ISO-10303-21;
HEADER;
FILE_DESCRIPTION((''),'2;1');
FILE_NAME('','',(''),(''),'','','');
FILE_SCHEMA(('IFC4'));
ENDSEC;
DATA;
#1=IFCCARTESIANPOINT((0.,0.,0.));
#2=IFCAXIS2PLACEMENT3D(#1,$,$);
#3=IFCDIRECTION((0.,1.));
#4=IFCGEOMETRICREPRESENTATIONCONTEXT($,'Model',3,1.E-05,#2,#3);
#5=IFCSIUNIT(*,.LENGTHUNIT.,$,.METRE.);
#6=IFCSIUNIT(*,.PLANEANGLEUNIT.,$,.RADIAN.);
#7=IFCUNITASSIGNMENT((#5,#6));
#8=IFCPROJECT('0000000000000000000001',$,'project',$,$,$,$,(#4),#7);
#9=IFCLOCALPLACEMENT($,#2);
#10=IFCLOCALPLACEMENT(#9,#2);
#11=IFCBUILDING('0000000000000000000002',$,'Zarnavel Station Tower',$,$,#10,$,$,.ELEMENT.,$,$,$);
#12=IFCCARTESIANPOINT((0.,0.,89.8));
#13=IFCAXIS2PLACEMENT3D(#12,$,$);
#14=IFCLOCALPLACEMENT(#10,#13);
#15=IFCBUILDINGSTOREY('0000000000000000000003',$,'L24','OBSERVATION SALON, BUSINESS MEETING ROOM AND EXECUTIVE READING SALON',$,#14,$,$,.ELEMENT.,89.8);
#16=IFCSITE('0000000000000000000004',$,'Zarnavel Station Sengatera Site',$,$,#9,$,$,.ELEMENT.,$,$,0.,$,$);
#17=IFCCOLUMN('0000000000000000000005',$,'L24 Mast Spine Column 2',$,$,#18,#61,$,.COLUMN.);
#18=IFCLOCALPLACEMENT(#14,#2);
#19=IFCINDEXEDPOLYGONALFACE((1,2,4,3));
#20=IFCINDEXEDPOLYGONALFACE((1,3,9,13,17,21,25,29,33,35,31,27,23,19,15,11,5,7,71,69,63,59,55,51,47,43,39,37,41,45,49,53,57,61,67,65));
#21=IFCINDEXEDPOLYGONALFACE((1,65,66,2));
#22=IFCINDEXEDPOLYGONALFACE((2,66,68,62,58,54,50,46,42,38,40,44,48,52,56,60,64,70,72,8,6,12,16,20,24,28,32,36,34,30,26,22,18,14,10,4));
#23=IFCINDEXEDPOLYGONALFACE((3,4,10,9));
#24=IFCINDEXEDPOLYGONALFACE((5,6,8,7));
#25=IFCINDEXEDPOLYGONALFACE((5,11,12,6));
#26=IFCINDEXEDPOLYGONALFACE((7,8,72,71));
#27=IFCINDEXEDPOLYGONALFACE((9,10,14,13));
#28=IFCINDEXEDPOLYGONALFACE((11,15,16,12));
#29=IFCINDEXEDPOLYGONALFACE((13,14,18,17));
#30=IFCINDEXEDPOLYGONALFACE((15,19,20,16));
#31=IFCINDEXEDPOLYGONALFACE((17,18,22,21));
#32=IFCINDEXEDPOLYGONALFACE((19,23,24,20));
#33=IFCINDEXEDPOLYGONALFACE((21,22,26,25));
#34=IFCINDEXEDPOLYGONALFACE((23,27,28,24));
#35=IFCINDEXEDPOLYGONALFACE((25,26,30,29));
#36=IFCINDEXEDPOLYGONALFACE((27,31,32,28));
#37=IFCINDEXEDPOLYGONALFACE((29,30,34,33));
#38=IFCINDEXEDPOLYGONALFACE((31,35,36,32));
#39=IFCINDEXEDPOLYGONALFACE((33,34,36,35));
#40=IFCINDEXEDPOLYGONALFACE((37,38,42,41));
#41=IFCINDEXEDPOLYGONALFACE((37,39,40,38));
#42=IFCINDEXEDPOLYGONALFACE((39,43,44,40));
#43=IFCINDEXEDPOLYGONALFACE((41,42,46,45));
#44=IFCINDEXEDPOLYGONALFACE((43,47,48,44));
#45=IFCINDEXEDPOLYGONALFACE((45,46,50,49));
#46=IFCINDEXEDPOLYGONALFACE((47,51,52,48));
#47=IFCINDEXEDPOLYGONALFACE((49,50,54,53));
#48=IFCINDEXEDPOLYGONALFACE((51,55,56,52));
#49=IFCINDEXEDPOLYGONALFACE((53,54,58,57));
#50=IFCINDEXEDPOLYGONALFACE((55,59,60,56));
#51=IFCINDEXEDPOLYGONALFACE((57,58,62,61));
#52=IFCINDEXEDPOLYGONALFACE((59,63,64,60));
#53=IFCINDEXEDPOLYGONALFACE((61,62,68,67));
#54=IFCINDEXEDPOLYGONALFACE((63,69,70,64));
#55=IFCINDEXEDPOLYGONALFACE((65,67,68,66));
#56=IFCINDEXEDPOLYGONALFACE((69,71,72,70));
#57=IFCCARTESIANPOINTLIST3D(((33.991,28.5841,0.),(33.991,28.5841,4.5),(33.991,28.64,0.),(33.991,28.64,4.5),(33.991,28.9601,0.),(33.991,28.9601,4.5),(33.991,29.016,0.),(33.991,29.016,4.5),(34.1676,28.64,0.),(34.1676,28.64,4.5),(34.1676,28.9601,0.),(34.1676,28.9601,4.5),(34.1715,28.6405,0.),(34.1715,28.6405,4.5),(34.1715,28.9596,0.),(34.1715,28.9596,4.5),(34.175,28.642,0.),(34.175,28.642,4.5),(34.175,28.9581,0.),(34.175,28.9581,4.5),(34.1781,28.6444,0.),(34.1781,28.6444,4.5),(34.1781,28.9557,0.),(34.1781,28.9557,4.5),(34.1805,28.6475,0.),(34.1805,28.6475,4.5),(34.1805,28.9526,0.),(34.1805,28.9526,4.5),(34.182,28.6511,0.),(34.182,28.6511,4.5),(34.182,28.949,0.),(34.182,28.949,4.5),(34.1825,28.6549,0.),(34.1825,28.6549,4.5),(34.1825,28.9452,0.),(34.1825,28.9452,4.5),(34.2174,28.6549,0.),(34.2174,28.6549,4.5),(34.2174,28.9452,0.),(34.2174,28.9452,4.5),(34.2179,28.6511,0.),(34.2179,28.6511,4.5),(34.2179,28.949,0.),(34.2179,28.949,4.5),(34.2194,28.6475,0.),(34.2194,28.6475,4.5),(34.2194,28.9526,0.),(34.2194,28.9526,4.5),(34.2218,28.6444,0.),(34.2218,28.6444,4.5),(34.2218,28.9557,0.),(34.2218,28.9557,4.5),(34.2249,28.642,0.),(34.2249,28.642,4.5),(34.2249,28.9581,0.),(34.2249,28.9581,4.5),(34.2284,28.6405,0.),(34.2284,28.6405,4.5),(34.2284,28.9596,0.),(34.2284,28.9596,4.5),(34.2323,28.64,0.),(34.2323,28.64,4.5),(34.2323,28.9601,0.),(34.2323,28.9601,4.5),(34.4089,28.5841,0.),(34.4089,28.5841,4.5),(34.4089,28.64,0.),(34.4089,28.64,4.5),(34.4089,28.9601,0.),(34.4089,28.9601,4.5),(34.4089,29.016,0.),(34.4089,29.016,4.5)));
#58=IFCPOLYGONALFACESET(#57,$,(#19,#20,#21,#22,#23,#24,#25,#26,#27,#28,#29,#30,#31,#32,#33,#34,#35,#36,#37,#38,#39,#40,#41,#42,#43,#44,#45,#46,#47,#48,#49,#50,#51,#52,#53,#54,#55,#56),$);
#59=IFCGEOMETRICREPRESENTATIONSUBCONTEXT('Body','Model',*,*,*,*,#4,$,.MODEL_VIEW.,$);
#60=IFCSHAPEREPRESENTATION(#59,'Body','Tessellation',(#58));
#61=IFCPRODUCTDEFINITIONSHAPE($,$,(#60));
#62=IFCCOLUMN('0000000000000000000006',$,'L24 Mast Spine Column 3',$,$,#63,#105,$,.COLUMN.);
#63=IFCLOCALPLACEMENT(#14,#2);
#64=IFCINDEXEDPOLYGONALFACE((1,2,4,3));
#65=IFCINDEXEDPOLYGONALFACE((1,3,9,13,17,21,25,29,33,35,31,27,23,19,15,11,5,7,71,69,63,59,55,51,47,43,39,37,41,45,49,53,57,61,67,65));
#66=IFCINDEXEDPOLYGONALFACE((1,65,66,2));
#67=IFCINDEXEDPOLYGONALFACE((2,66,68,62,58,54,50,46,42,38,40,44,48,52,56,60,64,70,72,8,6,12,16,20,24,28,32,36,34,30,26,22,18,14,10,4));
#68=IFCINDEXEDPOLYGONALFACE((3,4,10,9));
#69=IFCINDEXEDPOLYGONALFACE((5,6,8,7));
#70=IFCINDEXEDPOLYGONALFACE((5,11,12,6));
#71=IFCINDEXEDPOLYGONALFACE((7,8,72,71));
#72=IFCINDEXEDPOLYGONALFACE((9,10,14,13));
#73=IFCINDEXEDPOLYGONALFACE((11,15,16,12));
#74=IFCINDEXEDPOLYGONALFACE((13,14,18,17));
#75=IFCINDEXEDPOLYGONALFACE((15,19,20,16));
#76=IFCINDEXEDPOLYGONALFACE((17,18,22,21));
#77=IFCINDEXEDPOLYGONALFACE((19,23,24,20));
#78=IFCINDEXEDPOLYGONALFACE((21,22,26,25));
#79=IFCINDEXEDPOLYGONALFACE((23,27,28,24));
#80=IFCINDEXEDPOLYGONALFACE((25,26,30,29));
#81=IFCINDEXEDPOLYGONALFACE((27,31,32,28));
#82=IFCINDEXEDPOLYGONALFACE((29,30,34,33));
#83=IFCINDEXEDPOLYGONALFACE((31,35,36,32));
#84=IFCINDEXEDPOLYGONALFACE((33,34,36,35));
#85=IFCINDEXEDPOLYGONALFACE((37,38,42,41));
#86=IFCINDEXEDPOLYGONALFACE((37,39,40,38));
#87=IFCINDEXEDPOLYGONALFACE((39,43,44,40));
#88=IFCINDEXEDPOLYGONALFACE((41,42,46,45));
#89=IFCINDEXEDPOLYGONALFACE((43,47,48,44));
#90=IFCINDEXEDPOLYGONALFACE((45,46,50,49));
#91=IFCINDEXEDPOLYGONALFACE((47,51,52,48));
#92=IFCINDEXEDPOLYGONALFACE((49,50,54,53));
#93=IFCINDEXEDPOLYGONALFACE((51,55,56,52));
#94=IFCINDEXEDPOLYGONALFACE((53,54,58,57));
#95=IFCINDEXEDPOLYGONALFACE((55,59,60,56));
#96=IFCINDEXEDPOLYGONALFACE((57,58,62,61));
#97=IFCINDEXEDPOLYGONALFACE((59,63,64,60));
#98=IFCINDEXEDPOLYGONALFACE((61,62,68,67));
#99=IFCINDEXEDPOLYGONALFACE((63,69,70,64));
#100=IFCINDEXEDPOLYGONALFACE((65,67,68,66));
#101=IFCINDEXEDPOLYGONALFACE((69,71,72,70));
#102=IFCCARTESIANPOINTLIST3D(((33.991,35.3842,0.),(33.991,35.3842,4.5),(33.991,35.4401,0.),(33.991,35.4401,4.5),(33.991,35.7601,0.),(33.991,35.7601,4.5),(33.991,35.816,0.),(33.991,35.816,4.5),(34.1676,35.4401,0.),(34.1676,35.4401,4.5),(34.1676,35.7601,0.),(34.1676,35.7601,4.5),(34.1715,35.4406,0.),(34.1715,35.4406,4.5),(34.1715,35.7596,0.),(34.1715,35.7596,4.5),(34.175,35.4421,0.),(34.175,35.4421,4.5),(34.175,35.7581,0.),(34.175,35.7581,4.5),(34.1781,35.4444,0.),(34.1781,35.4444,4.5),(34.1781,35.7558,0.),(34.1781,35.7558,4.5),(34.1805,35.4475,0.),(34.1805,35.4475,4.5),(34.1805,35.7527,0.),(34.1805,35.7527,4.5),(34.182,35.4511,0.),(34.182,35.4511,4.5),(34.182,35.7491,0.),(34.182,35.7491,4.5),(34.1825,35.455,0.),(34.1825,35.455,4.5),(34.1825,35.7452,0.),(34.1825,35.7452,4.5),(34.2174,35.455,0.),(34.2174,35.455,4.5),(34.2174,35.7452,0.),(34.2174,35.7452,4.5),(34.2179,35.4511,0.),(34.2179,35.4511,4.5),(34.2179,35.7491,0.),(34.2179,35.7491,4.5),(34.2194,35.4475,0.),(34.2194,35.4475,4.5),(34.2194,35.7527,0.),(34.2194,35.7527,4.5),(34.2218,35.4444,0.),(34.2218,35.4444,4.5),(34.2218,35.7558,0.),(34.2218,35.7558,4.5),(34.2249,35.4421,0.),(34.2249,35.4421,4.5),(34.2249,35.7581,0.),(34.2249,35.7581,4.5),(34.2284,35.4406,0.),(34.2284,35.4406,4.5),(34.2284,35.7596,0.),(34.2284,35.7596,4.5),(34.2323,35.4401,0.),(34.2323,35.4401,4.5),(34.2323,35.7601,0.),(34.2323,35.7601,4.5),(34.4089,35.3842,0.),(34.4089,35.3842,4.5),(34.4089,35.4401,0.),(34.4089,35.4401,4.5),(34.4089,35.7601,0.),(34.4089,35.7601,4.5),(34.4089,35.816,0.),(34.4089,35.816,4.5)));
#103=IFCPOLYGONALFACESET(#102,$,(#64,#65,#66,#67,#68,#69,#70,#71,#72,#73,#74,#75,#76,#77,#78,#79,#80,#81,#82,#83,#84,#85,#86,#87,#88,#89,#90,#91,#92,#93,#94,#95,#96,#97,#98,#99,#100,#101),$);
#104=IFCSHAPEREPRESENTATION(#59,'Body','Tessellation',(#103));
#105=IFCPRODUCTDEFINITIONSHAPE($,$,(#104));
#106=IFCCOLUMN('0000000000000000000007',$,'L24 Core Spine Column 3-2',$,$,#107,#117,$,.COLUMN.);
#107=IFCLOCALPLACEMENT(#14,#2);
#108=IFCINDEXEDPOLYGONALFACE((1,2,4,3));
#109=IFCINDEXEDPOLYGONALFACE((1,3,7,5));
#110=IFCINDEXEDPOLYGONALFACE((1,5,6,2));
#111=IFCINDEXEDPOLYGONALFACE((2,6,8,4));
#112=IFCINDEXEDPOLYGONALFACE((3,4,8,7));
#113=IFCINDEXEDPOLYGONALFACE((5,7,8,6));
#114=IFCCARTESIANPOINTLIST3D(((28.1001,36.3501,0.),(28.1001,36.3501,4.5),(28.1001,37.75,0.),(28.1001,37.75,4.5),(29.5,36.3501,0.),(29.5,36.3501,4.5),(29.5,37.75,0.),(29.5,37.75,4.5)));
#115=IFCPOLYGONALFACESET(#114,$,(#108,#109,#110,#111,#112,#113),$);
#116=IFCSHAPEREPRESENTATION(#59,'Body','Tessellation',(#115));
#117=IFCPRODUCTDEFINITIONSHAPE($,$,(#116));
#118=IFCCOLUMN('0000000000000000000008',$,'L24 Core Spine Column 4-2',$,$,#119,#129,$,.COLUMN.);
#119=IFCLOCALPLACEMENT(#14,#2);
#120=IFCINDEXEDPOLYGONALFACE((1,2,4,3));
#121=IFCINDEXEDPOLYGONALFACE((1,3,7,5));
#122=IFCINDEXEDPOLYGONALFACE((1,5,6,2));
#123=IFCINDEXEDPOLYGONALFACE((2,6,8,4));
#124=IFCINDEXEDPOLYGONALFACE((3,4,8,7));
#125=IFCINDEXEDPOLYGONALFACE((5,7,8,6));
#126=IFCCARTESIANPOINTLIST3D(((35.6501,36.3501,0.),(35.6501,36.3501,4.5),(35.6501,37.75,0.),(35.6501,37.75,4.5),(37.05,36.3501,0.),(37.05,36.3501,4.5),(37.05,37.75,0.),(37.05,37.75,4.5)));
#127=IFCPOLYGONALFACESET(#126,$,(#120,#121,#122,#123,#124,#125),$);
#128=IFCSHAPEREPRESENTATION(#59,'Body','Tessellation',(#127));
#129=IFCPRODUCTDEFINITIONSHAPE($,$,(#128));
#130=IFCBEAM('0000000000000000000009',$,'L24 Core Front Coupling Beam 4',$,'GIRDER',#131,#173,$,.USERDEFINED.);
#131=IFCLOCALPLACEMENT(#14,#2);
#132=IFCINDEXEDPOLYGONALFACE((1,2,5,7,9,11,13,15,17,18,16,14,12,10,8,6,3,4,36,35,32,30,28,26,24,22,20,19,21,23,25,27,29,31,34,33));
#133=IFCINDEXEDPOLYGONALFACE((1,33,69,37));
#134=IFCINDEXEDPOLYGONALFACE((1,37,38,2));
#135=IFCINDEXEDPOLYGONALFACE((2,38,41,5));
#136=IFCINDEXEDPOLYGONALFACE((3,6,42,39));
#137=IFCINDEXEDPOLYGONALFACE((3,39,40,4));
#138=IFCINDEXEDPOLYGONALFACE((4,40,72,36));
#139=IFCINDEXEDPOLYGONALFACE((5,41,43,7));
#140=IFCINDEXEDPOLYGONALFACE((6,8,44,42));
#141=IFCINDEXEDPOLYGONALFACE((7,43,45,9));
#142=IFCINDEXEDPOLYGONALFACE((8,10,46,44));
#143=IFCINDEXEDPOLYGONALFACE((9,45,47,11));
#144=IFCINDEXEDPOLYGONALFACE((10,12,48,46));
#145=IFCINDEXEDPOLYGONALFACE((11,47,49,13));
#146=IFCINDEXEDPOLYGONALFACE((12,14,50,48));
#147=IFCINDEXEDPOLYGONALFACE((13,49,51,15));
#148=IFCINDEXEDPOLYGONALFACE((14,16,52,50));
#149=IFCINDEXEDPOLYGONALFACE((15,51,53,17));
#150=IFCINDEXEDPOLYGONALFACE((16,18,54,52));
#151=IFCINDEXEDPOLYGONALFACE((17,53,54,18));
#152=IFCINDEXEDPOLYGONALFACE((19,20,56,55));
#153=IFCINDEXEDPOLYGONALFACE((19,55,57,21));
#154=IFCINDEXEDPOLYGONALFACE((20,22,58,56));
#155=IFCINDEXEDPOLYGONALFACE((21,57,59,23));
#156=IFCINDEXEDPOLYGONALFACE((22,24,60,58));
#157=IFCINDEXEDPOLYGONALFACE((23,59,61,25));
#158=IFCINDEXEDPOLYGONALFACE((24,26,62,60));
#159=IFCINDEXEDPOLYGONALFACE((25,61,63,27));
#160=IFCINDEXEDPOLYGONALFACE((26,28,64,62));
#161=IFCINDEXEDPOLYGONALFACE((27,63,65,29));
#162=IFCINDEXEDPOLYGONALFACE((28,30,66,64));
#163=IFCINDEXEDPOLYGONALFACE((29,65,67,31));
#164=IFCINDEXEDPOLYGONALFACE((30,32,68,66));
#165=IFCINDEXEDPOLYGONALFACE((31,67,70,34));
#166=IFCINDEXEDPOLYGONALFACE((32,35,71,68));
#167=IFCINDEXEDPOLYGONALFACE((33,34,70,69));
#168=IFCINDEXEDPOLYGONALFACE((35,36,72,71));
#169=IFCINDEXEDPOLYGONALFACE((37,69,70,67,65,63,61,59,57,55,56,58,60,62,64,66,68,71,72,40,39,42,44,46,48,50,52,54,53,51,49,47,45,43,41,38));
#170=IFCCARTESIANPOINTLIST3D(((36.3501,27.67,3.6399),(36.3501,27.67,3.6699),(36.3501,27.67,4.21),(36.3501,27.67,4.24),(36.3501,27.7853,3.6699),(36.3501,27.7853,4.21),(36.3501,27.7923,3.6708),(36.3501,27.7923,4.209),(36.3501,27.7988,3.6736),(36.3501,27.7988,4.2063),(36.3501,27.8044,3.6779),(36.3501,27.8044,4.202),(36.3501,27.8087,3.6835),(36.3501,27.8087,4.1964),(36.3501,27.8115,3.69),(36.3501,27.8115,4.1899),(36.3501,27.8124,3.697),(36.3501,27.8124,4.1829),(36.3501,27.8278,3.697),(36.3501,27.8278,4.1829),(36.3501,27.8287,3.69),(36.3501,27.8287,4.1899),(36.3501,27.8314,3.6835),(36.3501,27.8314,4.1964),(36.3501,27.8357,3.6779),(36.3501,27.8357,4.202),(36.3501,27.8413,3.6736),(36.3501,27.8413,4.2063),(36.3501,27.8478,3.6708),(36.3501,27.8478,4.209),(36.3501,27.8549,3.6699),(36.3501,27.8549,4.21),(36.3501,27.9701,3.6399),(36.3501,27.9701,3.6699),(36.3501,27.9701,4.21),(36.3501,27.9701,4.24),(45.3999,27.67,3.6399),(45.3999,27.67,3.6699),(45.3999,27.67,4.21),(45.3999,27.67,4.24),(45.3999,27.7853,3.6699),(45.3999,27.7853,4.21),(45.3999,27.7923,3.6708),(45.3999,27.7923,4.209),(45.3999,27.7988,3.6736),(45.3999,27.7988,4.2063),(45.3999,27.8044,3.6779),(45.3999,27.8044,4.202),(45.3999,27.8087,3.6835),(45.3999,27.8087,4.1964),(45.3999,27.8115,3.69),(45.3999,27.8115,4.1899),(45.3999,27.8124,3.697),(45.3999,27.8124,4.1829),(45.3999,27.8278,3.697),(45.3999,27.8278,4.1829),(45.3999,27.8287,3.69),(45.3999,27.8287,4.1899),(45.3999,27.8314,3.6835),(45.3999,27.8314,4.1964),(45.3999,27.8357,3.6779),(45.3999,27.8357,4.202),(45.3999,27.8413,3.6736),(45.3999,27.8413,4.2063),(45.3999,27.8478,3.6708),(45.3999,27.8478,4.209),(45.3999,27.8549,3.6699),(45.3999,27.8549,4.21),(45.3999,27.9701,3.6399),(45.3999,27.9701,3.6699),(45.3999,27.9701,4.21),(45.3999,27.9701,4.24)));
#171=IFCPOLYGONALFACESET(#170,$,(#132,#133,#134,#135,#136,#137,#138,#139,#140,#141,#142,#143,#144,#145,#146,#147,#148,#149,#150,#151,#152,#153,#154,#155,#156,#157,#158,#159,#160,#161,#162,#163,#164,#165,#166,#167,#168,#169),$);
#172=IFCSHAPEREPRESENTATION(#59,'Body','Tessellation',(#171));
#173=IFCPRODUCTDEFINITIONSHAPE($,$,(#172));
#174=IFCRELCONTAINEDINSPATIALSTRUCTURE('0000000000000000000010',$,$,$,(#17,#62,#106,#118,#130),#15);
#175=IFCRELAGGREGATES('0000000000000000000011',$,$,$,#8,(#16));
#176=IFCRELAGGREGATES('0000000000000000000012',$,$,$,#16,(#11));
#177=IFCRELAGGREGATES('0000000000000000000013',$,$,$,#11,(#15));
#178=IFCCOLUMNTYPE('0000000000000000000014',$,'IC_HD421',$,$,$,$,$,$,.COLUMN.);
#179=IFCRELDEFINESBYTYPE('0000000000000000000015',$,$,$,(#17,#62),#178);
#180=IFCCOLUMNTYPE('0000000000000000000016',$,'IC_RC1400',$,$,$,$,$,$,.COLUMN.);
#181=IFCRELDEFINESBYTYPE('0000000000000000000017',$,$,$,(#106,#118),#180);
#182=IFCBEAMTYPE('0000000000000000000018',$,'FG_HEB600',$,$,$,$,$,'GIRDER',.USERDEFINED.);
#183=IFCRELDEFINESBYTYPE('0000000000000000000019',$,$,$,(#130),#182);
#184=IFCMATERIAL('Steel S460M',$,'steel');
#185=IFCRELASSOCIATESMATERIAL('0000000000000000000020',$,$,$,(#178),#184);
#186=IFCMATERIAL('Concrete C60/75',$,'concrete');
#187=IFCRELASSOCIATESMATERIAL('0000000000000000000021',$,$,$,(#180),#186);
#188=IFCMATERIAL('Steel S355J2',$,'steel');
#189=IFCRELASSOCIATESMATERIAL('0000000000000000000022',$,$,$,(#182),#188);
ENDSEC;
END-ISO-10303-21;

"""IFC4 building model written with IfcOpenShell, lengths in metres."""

from ifc_helpers import new_model, si_unit, direction, frame, origin, origin_2d, place, context, subcontext, project, spatial, rectangle, i_section, extrude, material, material_profile, profile_set, type_object, element, save


model = new_model("IFC4")

# Units and contexts
model_context = context("Model", 3, precision=1e-05, world=origin(), true_north=direction((0.0, 1.0)))
body_context = subcontext(model_context, "Body", "Model", "MODEL_VIEW")
ifc_project = project(units=[si_unit("LENGTHUNIT", "METRE"), si_unit("PLANEANGLEUNIT", "RADIAN")], contexts=[model_context])

# Site, building, storey
site_placement = place(None, origin())
site = spatial("IfcSite", under=ifc_project, at=site_placement, Name="Zarnavel Station Sengatera Site", CompositionType="ELEMENT", RefElevation=0.0)
building_placement = place(site_placement, origin())
building = spatial("IfcBuilding", under=site, at=building_placement, Name="Zarnavel Station Tower", CompositionType="ELEMENT")
storey_placement = place(building_placement, frame((0.0, 0.0, 89.8)))
storey = spatial("IfcBuildingStorey", under=building, at=storey_placement, Name="L24", Description="OBSERVATION SALON, BUSINESS MEETING ROOM AND EXECUTIVE READING SALON", CompositionType="ELEMENT", Elevation=89.8)

# Columns
ifc_material_1 = material(Name="Steel S460M", Category="steel")
ifc_material_profile_1 = material_profile(ifc_material_1, i_section(OverallWidth=0.418, OverallDepth=0.4319, WebThickness=0.0349, FlangeThickness=0.0559, FilletRadius=0.0149, at=origin_2d()), Name="HD400x421")
ifc_profile_set_1 = profile_set([ifc_material_profile_1], Name="Steel S460M")
column_type_1 = type_object("IfcColumnType", Name="IC_HD421", PredefinedType="COLUMN", material=ifc_profile_set_1)
for number, where, z_axis, x_axis, name in (
    (1, (34.2, 28.8, 0.0), (0.0, 0.0, 1.0), (1.0, 0.0, 0.0), "L24 Mast Spine Column 2"),
    (2, (34.2, 35.6001, 0.0), (0.0, 0.0, 1.0), (1.0, 0.0, 0.0), "L24 Mast Spine Column 3"),
):
    element("IfcColumn", number, at=place(storey_placement, frame(where, z_axis=z_axis, x_axis=x_axis)), inside=storey, type_object=column_type_1, Name=name, PredefinedType="COLUMN", context=body_context, shape_type="SweptSolid", body=[
        extrude(i_section(OverallWidth=0.418, OverallDepth=0.4319, WebThickness=0.0349, FlangeThickness=0.0559, FilletRadius=0.0149, at=origin_2d()), origin(), (0.0, 0.0, 1.0), 4.5),
    ])
ifc_material_2 = material(Name="Concrete C60/75", Category="concrete")
ifc_material_profile_2 = material_profile(ifc_material_2, rectangle(XDim=1.3999, YDim=1.3999, at=origin_2d()), Name="RC1400x1400")
ifc_profile_set_2 = profile_set([ifc_material_profile_2], Name="Concrete C60/75")
column_type_2 = type_object("IfcColumnType", Name="IC_RC1400", PredefinedType="COLUMN", material=ifc_profile_set_2)
for number, where, z_axis, x_axis, name in (
    (3, (28.8, 37.05, 0.0), (0.0, 0.0, 1.0), (1.0, 0.0, 0.0), "L24 Core Spine Column 3-2"),
    (4, (36.3501, 37.05, 0.0), (0.0, 0.0, 1.0), (1.0, 0.0, 0.0), "L24 Core Spine Column 4-2"),
):
    element("IfcColumn", number, at=place(storey_placement, frame(where, z_axis=z_axis, x_axis=x_axis)), inside=storey, type_object=column_type_2, Name=name, PredefinedType="COLUMN", context=body_context, shape_type="SweptSolid", body=[
        extrude(rectangle(XDim=1.3999, YDim=1.3999, at=origin_2d()), origin(), (0.0, 0.0, 1.0), 4.5),
    ])

# Beam
ifc_material_3 = material(Name="Steel S355J2", Category="steel")
ifc_material_profile_3 = material_profile(ifc_material_3, i_section(OverallWidth=0.3, OverallDepth=0.6001, WebThickness=0.0154, FlangeThickness=0.03, FilletRadius=0.0271, at=origin_2d()), Name="HEB600")
ifc_profile_set_3 = profile_set([ifc_material_profile_3], Name="Steel S355J2")
beam_type_1 = type_object("IfcBeamType", Name="FG_HEB600", ElementType="GIRDER", PredefinedType="USERDEFINED", material=ifc_profile_set_3)
beam_1_placement = place(storey_placement, frame((36.3501, 27.8201, 3.9399), z_axis=(1.0, 0.0, 0.0), x_axis=(0.0, 1.0, 0.0)))
element("IfcBeam", 5, at=beam_1_placement, inside=storey, type_object=beam_type_1, Name="L24 Core Front Coupling Beam 4", ObjectType="GIRDER", PredefinedType="USERDEFINED", context=body_context, shape_type="SweptSolid", body=[
    extrude(i_section(OverallWidth=0.3, OverallDepth=0.6001, WebThickness=0.0154, FlangeThickness=0.03, FilletRadius=0.0271, at=origin_2d()), origin(), (0.0, 0.0, 1.0), 9.0498),
])

save(model, "model.ifc")
